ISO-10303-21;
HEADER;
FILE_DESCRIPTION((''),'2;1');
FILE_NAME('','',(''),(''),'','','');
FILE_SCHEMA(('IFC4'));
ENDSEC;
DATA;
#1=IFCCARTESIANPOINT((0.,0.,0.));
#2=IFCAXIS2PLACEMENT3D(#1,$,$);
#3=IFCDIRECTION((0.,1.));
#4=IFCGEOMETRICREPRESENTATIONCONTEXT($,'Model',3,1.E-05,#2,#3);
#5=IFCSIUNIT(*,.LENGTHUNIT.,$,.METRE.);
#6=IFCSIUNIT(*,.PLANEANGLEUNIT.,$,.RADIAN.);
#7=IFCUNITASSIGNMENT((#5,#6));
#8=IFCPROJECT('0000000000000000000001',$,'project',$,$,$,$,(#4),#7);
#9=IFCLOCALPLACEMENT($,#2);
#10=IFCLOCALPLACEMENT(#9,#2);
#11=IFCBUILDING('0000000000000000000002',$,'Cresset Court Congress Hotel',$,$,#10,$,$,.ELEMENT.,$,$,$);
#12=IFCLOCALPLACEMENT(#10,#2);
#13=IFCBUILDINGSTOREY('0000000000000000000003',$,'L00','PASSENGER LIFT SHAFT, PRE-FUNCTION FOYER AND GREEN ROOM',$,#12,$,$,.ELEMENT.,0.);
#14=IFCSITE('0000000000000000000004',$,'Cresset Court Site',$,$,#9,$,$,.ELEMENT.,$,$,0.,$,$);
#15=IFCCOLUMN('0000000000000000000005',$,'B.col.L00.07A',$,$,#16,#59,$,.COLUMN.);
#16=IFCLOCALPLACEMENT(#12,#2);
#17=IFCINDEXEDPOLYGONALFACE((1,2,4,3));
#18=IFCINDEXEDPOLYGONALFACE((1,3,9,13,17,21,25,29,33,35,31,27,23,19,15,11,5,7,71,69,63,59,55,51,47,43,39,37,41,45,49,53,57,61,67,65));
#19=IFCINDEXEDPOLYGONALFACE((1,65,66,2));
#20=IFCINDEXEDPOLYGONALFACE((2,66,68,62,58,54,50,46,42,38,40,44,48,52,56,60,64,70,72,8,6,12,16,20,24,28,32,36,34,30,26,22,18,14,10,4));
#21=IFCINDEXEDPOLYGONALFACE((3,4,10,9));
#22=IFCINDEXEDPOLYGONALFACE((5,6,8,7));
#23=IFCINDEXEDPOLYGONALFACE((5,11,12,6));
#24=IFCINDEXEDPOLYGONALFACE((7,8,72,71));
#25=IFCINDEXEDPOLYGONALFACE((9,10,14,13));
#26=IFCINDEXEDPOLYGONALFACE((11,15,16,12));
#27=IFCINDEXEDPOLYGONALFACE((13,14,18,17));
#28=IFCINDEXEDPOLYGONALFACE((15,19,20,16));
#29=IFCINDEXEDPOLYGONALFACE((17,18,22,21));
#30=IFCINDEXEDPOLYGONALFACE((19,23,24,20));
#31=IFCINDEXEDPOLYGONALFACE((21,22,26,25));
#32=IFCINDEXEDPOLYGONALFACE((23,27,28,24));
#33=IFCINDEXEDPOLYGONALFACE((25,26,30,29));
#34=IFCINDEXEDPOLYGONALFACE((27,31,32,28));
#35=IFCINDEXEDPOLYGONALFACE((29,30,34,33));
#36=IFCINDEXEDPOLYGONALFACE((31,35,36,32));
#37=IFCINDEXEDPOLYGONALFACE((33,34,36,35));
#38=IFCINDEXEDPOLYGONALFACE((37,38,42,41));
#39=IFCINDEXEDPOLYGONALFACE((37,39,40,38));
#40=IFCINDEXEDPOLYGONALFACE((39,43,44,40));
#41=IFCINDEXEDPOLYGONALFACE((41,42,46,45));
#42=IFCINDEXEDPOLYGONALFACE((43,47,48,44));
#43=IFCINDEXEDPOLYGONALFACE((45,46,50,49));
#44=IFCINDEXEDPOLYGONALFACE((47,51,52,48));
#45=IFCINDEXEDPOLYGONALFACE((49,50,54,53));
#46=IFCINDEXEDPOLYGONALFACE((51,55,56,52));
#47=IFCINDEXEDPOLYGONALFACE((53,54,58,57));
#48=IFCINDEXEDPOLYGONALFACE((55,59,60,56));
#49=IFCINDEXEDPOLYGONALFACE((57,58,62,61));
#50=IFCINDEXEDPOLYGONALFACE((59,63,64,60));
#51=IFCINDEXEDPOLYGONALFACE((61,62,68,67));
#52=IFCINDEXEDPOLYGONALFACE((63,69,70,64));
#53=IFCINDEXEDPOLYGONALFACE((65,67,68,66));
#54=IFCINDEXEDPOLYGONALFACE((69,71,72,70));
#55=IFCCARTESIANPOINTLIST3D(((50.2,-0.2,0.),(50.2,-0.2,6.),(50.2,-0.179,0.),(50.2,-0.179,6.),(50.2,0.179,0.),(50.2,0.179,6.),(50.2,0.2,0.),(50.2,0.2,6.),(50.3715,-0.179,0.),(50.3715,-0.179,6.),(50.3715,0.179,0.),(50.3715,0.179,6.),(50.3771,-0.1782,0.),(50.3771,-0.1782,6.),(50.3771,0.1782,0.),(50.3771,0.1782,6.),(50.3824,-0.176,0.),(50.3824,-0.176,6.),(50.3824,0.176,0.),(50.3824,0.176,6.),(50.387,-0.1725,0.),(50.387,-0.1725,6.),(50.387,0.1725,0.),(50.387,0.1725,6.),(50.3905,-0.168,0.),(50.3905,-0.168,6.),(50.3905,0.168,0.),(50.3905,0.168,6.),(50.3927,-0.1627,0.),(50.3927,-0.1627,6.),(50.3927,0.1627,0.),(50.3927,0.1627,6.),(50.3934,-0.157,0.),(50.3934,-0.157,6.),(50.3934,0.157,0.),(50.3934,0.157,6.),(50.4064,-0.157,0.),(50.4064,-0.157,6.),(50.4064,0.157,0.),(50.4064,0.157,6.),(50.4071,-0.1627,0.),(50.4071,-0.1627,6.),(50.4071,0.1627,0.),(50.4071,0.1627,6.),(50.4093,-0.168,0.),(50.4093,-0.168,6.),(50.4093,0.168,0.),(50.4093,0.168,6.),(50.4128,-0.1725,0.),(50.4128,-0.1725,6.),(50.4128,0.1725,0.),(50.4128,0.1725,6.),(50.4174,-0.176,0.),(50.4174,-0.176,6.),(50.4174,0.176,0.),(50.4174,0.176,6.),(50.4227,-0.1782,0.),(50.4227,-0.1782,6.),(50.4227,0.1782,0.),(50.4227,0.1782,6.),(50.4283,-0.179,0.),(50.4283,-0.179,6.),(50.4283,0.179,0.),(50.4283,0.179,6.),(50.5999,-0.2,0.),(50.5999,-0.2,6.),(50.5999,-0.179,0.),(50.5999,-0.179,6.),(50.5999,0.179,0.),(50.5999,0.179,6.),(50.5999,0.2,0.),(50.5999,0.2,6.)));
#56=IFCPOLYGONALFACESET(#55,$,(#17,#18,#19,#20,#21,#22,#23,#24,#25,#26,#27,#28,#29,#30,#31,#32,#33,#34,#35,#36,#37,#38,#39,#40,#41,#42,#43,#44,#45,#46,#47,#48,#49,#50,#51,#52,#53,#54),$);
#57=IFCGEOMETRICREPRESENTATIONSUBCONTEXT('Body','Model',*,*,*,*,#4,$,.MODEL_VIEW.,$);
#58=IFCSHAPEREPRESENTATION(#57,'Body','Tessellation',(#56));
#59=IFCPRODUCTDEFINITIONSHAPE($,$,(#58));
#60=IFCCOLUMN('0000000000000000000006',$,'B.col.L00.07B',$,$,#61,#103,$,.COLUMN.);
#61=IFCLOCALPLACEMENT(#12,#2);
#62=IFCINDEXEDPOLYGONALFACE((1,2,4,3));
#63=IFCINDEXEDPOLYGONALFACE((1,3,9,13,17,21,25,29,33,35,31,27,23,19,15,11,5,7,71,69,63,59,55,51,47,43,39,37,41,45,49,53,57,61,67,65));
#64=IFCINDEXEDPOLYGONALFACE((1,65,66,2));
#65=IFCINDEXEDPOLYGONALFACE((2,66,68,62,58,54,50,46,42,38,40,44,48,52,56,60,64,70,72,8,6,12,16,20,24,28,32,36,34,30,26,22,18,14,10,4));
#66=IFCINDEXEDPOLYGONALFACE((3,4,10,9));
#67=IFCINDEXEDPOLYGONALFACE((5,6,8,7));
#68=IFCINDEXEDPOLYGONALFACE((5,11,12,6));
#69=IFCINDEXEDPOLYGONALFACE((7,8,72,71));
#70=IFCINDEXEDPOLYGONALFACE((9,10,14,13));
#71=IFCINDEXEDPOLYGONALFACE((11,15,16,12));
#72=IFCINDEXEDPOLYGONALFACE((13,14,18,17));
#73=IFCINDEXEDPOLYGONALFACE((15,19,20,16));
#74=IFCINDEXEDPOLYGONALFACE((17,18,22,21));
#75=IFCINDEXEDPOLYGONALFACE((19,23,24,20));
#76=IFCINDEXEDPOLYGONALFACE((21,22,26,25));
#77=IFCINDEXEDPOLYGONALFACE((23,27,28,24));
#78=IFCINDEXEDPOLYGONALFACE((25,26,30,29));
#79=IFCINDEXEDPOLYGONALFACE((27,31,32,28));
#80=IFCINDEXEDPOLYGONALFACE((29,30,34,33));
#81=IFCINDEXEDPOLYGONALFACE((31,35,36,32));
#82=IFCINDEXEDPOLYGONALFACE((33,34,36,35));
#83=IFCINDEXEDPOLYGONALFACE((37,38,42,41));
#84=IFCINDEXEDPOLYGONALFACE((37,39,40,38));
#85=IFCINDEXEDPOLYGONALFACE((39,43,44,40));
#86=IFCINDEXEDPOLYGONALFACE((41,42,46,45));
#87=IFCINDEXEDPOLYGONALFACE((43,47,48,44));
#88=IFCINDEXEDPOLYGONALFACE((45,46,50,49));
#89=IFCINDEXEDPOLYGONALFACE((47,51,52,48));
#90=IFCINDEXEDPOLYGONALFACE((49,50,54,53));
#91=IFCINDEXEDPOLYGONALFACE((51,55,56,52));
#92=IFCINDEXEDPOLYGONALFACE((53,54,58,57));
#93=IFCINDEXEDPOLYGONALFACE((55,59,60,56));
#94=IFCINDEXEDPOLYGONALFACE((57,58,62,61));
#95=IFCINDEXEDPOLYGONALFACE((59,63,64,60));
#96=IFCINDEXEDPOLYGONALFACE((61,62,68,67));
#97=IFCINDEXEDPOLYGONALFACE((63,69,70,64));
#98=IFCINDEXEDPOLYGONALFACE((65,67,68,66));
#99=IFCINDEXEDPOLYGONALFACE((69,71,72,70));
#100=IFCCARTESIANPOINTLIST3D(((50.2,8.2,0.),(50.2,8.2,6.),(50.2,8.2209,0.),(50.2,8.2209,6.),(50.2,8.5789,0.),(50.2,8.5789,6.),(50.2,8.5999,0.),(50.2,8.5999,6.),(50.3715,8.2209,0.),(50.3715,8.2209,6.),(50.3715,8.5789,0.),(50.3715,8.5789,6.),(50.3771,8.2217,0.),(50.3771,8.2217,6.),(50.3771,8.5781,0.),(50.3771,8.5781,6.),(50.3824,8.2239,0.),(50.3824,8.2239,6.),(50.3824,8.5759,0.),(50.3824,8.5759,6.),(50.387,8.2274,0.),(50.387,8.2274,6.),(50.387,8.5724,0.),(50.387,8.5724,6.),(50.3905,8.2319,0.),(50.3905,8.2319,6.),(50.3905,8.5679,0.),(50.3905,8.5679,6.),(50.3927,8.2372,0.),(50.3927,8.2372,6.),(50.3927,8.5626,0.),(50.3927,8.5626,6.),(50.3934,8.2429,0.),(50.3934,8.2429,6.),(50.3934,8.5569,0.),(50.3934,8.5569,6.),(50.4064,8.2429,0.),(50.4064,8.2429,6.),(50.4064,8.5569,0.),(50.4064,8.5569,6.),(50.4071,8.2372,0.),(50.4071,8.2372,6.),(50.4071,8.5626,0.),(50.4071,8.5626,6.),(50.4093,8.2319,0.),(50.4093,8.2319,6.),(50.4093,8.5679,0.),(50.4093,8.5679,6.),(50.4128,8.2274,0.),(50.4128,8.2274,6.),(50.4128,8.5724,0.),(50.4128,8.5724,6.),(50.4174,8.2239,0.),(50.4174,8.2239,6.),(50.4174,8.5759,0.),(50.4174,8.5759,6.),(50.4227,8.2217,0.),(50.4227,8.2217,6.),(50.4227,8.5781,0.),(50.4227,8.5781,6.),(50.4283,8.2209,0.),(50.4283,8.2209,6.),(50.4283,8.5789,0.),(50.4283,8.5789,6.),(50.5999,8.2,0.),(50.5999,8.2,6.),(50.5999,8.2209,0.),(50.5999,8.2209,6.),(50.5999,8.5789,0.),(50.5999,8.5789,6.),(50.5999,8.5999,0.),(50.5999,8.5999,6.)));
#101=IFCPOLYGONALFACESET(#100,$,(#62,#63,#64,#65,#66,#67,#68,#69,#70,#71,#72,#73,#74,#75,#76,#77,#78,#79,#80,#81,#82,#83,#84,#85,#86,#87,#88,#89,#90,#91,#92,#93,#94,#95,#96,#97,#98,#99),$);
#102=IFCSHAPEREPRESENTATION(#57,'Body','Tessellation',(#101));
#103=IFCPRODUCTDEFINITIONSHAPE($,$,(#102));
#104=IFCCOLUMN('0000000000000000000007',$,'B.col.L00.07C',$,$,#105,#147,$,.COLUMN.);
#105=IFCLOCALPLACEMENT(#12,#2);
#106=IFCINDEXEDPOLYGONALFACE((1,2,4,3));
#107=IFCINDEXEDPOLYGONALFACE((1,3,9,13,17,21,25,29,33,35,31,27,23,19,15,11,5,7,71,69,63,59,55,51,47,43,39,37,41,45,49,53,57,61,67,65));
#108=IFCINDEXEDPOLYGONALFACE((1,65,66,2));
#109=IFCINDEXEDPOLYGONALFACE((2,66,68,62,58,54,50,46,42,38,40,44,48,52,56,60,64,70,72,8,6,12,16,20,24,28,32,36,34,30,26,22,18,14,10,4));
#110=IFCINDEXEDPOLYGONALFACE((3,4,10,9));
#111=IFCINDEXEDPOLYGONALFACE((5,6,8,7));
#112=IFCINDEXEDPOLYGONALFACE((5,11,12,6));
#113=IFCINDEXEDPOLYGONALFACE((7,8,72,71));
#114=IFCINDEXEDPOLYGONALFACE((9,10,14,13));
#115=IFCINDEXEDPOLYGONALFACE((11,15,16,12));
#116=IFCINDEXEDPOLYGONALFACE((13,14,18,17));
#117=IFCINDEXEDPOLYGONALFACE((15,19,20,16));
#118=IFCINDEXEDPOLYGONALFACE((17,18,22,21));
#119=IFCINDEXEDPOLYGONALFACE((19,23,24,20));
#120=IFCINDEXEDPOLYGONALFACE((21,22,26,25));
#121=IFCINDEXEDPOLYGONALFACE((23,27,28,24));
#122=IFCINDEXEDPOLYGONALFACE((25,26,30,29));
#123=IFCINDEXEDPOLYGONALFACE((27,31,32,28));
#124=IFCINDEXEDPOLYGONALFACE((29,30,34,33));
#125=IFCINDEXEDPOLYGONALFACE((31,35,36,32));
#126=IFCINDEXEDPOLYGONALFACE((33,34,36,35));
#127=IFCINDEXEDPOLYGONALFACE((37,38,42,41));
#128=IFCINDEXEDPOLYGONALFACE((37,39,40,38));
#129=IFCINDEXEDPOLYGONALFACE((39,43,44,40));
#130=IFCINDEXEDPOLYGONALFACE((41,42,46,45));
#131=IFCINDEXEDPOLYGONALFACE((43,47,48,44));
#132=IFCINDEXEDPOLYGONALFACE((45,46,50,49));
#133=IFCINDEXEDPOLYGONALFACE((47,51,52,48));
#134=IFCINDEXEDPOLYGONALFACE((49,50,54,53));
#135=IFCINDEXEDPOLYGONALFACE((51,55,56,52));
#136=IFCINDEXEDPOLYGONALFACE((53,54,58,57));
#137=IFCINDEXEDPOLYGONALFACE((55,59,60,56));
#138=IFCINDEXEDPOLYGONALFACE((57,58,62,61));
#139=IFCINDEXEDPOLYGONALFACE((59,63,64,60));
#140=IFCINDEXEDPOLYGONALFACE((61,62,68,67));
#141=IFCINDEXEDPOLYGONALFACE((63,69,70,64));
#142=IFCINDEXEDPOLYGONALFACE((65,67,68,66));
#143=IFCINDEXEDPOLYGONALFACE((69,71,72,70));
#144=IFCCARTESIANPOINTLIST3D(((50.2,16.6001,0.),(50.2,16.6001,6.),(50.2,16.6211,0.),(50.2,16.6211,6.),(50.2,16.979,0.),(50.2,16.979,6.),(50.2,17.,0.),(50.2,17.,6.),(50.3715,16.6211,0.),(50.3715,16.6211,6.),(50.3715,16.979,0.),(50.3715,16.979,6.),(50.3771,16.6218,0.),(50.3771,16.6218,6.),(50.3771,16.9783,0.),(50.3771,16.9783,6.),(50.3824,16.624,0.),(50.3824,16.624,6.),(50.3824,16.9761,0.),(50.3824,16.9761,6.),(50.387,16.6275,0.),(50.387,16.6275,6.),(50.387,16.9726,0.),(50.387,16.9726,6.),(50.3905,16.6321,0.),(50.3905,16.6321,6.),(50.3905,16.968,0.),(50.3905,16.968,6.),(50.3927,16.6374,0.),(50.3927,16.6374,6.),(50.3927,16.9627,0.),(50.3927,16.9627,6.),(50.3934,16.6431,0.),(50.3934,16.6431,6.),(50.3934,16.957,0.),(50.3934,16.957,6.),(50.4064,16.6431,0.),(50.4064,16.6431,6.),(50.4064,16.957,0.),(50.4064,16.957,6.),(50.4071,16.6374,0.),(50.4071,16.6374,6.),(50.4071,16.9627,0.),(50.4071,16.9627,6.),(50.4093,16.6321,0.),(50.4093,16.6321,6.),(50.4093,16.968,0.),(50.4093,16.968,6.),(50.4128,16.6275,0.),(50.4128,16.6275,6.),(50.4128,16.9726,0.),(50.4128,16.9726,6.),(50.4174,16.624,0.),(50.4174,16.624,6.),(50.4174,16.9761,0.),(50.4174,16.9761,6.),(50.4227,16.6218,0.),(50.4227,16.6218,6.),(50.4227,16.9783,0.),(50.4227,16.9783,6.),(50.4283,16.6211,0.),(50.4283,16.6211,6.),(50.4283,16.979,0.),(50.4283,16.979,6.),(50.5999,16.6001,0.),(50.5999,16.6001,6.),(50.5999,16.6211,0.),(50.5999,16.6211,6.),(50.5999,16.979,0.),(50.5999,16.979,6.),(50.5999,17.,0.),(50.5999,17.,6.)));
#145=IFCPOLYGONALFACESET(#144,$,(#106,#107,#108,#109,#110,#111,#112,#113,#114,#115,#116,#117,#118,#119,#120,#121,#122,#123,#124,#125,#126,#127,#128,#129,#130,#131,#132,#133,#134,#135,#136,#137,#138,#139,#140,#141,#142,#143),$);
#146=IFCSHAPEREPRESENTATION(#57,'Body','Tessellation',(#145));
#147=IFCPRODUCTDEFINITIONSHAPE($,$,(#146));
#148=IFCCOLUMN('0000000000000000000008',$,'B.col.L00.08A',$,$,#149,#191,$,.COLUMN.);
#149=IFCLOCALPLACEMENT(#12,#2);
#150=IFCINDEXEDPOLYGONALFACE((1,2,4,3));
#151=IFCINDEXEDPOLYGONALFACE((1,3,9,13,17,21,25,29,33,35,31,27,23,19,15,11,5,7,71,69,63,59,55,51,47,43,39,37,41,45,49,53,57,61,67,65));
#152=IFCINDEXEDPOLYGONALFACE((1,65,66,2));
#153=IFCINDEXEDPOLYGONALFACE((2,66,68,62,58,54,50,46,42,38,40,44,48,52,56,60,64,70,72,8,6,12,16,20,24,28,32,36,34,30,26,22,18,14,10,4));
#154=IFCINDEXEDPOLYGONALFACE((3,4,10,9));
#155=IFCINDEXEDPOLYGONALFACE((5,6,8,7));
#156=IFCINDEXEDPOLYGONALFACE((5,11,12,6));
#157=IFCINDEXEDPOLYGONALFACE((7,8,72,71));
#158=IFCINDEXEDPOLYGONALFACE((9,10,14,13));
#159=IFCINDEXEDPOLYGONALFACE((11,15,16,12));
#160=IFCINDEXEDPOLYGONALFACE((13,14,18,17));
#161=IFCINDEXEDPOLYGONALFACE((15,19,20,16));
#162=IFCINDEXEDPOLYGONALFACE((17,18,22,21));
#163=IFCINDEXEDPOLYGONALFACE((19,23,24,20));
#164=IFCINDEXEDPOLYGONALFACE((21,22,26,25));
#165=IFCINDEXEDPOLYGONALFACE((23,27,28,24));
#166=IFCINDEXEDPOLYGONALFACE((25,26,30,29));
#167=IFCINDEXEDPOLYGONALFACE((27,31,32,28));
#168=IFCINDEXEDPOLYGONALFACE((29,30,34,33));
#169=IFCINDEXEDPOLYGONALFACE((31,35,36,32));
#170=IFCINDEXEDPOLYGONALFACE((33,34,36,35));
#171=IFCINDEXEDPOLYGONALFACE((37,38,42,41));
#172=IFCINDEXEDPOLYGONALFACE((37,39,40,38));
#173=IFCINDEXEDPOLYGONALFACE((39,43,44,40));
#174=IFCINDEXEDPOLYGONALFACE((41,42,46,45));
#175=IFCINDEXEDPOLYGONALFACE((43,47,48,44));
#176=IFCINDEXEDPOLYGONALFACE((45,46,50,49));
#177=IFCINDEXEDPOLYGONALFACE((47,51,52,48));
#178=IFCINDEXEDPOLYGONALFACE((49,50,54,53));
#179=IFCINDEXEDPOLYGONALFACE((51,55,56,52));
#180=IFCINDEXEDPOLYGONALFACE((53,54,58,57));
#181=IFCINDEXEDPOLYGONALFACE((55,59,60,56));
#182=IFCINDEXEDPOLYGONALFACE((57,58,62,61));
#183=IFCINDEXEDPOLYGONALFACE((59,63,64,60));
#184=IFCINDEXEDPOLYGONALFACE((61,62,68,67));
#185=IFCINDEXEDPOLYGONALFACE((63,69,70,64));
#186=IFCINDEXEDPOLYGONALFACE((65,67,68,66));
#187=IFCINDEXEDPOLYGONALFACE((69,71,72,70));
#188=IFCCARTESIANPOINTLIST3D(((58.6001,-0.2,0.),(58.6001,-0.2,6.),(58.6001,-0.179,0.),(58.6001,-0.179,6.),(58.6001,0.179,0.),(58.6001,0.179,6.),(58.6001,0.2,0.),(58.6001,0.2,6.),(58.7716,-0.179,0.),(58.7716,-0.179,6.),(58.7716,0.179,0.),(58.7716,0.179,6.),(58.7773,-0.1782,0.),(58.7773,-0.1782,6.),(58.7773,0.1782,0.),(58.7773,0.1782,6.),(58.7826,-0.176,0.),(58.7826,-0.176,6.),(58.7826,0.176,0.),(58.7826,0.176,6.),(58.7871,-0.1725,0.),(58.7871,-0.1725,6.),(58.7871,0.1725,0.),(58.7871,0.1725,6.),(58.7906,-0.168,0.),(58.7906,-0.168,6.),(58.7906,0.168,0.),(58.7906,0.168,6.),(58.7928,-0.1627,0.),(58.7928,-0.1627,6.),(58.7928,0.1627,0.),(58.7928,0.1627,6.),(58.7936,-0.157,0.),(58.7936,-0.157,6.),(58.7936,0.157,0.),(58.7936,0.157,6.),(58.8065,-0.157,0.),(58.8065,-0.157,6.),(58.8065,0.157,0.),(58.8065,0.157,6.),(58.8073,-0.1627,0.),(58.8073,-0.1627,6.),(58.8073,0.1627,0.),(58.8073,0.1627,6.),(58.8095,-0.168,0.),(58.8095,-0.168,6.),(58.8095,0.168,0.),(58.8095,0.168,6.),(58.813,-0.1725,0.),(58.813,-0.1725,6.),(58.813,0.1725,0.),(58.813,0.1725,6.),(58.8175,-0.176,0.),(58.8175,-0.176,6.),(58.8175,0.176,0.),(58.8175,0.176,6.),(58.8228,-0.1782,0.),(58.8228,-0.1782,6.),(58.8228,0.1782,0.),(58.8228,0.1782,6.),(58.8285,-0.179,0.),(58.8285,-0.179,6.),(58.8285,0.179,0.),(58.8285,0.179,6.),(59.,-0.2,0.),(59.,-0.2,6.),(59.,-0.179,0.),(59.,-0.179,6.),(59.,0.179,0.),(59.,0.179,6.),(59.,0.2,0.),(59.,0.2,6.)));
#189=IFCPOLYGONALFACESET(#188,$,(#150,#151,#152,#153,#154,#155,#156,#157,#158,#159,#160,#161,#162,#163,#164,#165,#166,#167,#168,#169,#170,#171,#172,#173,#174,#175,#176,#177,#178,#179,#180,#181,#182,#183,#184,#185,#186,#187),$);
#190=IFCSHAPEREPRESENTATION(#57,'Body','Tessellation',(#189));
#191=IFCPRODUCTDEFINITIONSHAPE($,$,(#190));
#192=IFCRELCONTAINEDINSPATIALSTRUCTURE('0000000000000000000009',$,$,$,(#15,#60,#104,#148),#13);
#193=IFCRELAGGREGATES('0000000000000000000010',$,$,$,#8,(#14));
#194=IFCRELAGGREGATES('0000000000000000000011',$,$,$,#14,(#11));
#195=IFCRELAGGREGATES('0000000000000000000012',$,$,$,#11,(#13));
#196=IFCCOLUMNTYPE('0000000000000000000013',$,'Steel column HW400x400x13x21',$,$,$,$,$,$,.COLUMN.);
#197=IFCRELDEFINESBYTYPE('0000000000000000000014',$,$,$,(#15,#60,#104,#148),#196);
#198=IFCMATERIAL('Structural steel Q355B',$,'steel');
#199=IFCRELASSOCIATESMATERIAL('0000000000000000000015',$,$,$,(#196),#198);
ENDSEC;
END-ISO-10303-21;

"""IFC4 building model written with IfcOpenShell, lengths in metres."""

from ifc_helpers import new_model, si_unit, direction, frame, origin, origin_2d, place, context, subcontext, project, spatial, i_section, extrude, material, material_profile, profile_set, type_object, element, save


model = new_model("IFC4")

# Units and contexts
model_context = context("Model", 3, precision=1e-05, world=origin(), true_north=direction((0.0, 1.0)))
body_context = subcontext(model_context, "Body", "Model", "MODEL_VIEW")
ifc_project = project(units=[si_unit("LENGTHUNIT", "METRE"), si_unit("PLANEANGLEUNIT", "RADIAN")], contexts=[model_context])

# Site, building, storey
site_placement = place(None, origin())
site = spatial("IfcSite", under=ifc_project, at=site_placement, Name="Cresset Court Site", CompositionType="ELEMENT", RefElevation=0.0)
building_placement = place(site_placement, origin())
building = spatial("IfcBuilding", under=site, at=building_placement, Name="Cresset Court Congress Hotel", CompositionType="ELEMENT")
storey_placement = place(building_placement, origin())
storey = spatial("IfcBuildingStorey", under=building, at=storey_placement, Name="L00", Description="PASSENGER LIFT SHAFT, PRE-FUNCTION FOYER AND GREEN ROOM", CompositionType="ELEMENT", Elevation=0.0)

# Columns
ifc_material_1 = material(Name="Structural steel Q355B", Category="steel")
ifc_material_profile = material_profile(ifc_material_1, i_section(OverallWidth=0.3999, OverallDepth=0.3999, WebThickness=0.0129, FlangeThickness=0.021, FilletRadius=0.022, at=origin_2d()), Name="HW400x400x13x21")
ifc_profile_set = profile_set([ifc_material_profile], Name="Structural steel Q355B")
column_type = type_object("IfcColumnType", Name="Steel column HW400x400x13x21", PredefinedType="COLUMN", material=ifc_profile_set)
for number, where, z_axis, x_axis, name in (
    (1, (50.3999, 0.0, 0.0), (0.0, 0.0, 1.0), (1.0, 0.0, 0.0), "B.col.L00.07A"),
    (2, (50.3999, 8.3999, 0.0), (0.0, 0.0, 1.0), (1.0, 0.0, 0.0), "B.col.L00.07B"),
    (3, (50.3999, 16.8, 0.0), (0.0, 0.0, 1.0), (1.0, 0.0, 0.0), "B.col.L00.07C"),
    (4, (58.8, 0.0, 0.0), (0.0, 0.0, 1.0), (1.0, 0.0, 0.0), "B.col.L00.08A"),
):
    element("IfcColumn", number, at=place(storey_placement, frame(where, z_axis=z_axis, x_axis=x_axis)), inside=storey, type_object=column_type, Name=name, PredefinedType="COLUMN", context=body_context, shape_type="SweptSolid", body=[
        extrude(i_section(OverallWidth=0.3999, OverallDepth=0.3999, WebThickness=0.0129, FlangeThickness=0.021, FilletRadius=0.022, at=origin_2d()), origin(), (0.0, 0.0, 1.0), 6.0),
    ])

save(model, "model.ifc")
